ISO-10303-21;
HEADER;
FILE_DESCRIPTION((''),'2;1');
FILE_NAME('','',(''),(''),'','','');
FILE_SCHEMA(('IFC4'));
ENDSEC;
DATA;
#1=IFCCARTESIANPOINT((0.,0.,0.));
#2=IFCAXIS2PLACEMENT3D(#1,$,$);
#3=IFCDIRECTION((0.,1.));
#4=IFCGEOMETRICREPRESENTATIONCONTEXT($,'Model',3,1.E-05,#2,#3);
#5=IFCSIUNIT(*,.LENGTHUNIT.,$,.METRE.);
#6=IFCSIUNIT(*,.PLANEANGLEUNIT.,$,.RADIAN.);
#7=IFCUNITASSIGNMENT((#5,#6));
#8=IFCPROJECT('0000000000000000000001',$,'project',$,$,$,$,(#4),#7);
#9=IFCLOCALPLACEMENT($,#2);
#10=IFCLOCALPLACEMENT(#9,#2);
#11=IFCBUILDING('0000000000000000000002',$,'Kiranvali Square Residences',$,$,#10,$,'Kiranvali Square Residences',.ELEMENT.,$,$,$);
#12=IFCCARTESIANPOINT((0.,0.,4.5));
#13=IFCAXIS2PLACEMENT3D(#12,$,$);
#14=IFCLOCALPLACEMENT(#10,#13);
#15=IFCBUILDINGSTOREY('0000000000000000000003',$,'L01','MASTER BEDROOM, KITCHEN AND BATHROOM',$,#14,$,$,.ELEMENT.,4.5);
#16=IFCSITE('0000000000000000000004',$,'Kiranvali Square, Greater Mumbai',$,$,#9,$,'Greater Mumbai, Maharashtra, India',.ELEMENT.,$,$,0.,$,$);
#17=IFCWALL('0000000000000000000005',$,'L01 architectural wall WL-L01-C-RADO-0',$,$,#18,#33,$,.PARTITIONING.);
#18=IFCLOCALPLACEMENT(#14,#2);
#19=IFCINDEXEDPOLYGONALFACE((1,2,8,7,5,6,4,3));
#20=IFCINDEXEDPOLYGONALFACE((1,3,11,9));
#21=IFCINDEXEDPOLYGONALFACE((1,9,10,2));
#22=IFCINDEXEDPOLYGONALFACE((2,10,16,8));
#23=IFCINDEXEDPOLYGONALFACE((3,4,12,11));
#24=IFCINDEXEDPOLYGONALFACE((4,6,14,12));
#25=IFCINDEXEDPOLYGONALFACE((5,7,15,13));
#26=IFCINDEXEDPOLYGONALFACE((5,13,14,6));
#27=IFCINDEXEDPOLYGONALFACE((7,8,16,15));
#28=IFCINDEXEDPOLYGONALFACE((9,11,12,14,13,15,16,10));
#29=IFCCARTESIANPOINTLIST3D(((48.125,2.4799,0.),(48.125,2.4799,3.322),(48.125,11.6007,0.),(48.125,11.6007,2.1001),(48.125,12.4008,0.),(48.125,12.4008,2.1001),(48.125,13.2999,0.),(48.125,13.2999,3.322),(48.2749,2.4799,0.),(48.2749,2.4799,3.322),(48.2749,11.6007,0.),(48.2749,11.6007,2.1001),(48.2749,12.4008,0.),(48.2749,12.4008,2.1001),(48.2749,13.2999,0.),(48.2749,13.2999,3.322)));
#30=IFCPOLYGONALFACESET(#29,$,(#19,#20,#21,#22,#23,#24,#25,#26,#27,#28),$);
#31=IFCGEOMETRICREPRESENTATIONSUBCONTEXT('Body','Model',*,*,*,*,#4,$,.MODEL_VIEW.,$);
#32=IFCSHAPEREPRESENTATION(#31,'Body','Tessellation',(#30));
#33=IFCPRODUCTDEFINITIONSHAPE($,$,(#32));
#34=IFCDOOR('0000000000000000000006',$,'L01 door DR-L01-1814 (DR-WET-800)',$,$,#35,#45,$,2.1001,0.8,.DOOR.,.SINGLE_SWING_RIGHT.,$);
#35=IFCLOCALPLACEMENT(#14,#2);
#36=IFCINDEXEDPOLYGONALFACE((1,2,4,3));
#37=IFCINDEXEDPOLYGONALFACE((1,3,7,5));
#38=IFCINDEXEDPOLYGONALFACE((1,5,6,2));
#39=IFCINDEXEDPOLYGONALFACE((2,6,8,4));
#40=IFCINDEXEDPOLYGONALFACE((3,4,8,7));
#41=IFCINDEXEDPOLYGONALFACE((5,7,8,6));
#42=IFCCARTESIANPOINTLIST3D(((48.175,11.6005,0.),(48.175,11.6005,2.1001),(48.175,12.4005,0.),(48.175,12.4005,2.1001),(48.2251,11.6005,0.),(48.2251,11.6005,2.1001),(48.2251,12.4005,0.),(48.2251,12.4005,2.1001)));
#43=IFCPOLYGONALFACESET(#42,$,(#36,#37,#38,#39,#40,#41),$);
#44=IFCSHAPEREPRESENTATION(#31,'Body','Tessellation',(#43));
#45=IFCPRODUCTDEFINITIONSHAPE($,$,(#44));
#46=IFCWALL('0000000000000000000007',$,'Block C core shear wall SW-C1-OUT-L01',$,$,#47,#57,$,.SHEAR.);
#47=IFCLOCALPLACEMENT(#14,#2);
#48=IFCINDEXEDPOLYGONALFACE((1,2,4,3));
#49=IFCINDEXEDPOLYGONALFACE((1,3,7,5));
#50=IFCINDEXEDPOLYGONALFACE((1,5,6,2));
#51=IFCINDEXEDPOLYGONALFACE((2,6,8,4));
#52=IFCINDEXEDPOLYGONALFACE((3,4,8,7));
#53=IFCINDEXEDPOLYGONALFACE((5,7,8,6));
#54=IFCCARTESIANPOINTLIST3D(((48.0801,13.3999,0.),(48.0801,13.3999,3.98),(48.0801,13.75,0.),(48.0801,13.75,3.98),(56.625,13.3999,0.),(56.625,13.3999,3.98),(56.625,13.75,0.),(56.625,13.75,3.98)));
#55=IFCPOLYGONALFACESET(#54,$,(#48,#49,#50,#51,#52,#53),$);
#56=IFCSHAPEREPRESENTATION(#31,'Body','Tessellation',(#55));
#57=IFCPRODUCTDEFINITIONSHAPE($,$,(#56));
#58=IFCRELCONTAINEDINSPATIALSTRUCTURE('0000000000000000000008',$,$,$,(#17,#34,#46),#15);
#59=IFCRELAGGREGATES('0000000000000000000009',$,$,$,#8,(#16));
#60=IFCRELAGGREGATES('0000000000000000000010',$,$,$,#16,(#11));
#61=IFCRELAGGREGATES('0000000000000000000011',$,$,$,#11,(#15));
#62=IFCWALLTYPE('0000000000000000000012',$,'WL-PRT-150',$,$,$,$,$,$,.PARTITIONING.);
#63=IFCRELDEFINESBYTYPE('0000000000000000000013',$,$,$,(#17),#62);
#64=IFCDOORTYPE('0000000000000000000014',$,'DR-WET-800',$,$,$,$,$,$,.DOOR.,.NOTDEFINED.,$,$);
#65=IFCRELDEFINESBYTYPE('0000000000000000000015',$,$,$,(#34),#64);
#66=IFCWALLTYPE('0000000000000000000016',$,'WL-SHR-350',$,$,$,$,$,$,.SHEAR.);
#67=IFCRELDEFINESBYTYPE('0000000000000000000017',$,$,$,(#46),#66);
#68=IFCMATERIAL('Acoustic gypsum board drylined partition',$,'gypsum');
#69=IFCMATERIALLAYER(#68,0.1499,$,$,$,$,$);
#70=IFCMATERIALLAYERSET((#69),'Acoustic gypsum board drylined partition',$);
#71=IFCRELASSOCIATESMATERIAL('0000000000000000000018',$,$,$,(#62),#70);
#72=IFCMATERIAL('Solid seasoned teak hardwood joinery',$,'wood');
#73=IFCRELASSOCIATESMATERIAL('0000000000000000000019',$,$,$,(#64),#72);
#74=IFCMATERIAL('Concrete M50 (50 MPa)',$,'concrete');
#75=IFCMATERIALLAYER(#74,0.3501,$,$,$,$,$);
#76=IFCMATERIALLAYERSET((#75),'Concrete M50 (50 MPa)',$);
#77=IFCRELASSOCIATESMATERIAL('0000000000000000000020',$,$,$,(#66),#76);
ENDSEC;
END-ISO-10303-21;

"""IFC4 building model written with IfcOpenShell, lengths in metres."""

from ifc_helpers import new_model, si_unit, direction, frame, frame_2d, origin, place, context, subcontext, project, spatial, rectangle, extrude, material, layer, layer_set, type_object, element, fill, save


model = new_model("IFC4")

# Units and contexts
model_context = context("Model", 3, precision=1e-05, world=origin(), true_north=direction((0.0, 1.0)))
body_context = subcontext(model_context, "Body", "Model", "MODEL_VIEW")
ifc_project = project(units=[si_unit("LENGTHUNIT", "METRE"), si_unit("PLANEANGLEUNIT", "RADIAN")], contexts=[model_context])

# Site, building, storey
site_placement = place(None, origin())
site = spatial("IfcSite", under=ifc_project, at=site_placement, Name="Kiranvali Square, Greater Mumbai", LongName="Greater Mumbai, Maharashtra, India", CompositionType="ELEMENT", RefElevation=0.0)
building_placement = place(site_placement, origin())
building = spatial("IfcBuilding", under=site, at=building_placement, Name="Kiranvali Square Residences", LongName="Kiranvali Square Residences", CompositionType="ELEMENT")
storey_placement = place(building_placement, frame((0.0, 0.0, 4.5)))
storey = spatial("IfcBuildingStorey", under=building, at=storey_placement, Name="L01", Description="MASTER BEDROOM, KITCHEN AND BATHROOM", CompositionType="ELEMENT", Elevation=4.5)

# Shared definitions
ifc_material_1 = material(Name="Concrete M50 (50 MPa)", Category="concrete")

# Wall, opening, door
ifc_material_2 = material(Name="Acoustic gypsum board drylined partition", Category="gypsum")
ifc_layer_1 = layer(ifc_material_2, 0.1499)
ifc_layer_set_1 = layer_set([ifc_layer_1], Name="Acoustic gypsum board drylined partition")
wall_type_1 = type_object("IfcWallType", Name="WL-PRT-150", PredefinedType="PARTITIONING", material=ifc_layer_set_1)
wall_1_placement = place(storey_placement, frame((48.2, 13.3, 0.0), z_axis=(0.0, 0.0, 1.0), x_axis=(0.0, -1.0, 0.0)))
wall_1 = element("IfcWall", 1, at=wall_1_placement, inside=storey, type_object=wall_type_1, Name="L01 architectural wall WL-L01-C-RADO-0", PredefinedType="PARTITIONING", context=body_context, shape_type="SweptSolid", body=[
    extrude(rectangle(XDim=10.8201, YDim=0.1499, at=frame_2d((5.4102, 0.0))), origin(), (0.0, 0.0, 1.0), 3.322),
])
opening_placement = place(wall_1_placement, frame((0.8994, 0.0, 0.0)))
opening = element("IfcOpeningElement", 2, at=opening_placement, cuts=wall_1, PredefinedType="OPENING", context=body_context, shape_type="SweptSolid", body=[
    extrude(rectangle(XDim=0.8, YDim=2.1001, at=frame_2d((0.3999, 1.05))), frame((0.0, 0.085, 0.0), z_axis=(0.0, -1.0, 0.0), x_axis=(1.0, 0.0, 0.0)), (0.0, 0.0, 1.0), 0.1699),
])
ifc_material_3 = material(Name="Solid seasoned teak hardwood joinery", Category="wood")
door_type = type_object("IfcDoorType", Name="DR-WET-800", OperationType="NOTDEFINED", PredefinedType="DOOR", material=ifc_material_3)
door_placement = place(opening_placement, frame((0.8, 0.0, 0.0), z_axis=(0.0, 0.0, 1.0), x_axis=(-1.0, 0.0, 0.0)))
door = element("IfcDoor", 3, at=door_placement, inside=storey, type_object=door_type, Name="L01 door DR-L01-1814 (DR-WET-800)", OperationType="SINGLE_SWING_RIGHT", OverallHeight=2.1001, OverallWidth=0.8, PredefinedType="DOOR", context=body_context, shape_type="SweptSolid", body=[
    extrude(rectangle(XDim=0.8, YDim=2.1001, at=frame_2d((0.3999, 1.05))), frame((0.0, 0.0249, 0.0), z_axis=(0.0, -1.0, 0.0), x_axis=(1.0, 0.0, 0.0)), (0.0, 0.0, 1.0), 0.05),
])
fill(opening, door)

# Wall
ifc_layer_2 = layer(ifc_material_1, 0.3501)
ifc_layer_set_2 = layer_set([ifc_layer_2], Name="Concrete M50 (50 MPa)")
wall_type_2 = type_object("IfcWallType", Name="WL-SHR-350", PredefinedType="SHEAR", material=ifc_layer_set_2)
wall_2_placement = place(storey_placement, frame((48.0801, 13.575, 0.0), z_axis=(0.0, 0.0, 1.0), x_axis=(1.0, 0.0, 0.0)))
element("IfcWall", 4, at=wall_2_placement, inside=storey, type_object=wall_type_2, Name="Block C core shear wall SW-C1-OUT-L01", PredefinedType="SHEAR", context=body_context, shape_type="SweptSolid", body=[
    extrude(rectangle(XDim=8.5449, YDim=0.3501, at=frame_2d((4.2725, 0.0))), origin(), (0.0, 0.0, 1.0), 3.98),
])

save(model, "model.ifc")
